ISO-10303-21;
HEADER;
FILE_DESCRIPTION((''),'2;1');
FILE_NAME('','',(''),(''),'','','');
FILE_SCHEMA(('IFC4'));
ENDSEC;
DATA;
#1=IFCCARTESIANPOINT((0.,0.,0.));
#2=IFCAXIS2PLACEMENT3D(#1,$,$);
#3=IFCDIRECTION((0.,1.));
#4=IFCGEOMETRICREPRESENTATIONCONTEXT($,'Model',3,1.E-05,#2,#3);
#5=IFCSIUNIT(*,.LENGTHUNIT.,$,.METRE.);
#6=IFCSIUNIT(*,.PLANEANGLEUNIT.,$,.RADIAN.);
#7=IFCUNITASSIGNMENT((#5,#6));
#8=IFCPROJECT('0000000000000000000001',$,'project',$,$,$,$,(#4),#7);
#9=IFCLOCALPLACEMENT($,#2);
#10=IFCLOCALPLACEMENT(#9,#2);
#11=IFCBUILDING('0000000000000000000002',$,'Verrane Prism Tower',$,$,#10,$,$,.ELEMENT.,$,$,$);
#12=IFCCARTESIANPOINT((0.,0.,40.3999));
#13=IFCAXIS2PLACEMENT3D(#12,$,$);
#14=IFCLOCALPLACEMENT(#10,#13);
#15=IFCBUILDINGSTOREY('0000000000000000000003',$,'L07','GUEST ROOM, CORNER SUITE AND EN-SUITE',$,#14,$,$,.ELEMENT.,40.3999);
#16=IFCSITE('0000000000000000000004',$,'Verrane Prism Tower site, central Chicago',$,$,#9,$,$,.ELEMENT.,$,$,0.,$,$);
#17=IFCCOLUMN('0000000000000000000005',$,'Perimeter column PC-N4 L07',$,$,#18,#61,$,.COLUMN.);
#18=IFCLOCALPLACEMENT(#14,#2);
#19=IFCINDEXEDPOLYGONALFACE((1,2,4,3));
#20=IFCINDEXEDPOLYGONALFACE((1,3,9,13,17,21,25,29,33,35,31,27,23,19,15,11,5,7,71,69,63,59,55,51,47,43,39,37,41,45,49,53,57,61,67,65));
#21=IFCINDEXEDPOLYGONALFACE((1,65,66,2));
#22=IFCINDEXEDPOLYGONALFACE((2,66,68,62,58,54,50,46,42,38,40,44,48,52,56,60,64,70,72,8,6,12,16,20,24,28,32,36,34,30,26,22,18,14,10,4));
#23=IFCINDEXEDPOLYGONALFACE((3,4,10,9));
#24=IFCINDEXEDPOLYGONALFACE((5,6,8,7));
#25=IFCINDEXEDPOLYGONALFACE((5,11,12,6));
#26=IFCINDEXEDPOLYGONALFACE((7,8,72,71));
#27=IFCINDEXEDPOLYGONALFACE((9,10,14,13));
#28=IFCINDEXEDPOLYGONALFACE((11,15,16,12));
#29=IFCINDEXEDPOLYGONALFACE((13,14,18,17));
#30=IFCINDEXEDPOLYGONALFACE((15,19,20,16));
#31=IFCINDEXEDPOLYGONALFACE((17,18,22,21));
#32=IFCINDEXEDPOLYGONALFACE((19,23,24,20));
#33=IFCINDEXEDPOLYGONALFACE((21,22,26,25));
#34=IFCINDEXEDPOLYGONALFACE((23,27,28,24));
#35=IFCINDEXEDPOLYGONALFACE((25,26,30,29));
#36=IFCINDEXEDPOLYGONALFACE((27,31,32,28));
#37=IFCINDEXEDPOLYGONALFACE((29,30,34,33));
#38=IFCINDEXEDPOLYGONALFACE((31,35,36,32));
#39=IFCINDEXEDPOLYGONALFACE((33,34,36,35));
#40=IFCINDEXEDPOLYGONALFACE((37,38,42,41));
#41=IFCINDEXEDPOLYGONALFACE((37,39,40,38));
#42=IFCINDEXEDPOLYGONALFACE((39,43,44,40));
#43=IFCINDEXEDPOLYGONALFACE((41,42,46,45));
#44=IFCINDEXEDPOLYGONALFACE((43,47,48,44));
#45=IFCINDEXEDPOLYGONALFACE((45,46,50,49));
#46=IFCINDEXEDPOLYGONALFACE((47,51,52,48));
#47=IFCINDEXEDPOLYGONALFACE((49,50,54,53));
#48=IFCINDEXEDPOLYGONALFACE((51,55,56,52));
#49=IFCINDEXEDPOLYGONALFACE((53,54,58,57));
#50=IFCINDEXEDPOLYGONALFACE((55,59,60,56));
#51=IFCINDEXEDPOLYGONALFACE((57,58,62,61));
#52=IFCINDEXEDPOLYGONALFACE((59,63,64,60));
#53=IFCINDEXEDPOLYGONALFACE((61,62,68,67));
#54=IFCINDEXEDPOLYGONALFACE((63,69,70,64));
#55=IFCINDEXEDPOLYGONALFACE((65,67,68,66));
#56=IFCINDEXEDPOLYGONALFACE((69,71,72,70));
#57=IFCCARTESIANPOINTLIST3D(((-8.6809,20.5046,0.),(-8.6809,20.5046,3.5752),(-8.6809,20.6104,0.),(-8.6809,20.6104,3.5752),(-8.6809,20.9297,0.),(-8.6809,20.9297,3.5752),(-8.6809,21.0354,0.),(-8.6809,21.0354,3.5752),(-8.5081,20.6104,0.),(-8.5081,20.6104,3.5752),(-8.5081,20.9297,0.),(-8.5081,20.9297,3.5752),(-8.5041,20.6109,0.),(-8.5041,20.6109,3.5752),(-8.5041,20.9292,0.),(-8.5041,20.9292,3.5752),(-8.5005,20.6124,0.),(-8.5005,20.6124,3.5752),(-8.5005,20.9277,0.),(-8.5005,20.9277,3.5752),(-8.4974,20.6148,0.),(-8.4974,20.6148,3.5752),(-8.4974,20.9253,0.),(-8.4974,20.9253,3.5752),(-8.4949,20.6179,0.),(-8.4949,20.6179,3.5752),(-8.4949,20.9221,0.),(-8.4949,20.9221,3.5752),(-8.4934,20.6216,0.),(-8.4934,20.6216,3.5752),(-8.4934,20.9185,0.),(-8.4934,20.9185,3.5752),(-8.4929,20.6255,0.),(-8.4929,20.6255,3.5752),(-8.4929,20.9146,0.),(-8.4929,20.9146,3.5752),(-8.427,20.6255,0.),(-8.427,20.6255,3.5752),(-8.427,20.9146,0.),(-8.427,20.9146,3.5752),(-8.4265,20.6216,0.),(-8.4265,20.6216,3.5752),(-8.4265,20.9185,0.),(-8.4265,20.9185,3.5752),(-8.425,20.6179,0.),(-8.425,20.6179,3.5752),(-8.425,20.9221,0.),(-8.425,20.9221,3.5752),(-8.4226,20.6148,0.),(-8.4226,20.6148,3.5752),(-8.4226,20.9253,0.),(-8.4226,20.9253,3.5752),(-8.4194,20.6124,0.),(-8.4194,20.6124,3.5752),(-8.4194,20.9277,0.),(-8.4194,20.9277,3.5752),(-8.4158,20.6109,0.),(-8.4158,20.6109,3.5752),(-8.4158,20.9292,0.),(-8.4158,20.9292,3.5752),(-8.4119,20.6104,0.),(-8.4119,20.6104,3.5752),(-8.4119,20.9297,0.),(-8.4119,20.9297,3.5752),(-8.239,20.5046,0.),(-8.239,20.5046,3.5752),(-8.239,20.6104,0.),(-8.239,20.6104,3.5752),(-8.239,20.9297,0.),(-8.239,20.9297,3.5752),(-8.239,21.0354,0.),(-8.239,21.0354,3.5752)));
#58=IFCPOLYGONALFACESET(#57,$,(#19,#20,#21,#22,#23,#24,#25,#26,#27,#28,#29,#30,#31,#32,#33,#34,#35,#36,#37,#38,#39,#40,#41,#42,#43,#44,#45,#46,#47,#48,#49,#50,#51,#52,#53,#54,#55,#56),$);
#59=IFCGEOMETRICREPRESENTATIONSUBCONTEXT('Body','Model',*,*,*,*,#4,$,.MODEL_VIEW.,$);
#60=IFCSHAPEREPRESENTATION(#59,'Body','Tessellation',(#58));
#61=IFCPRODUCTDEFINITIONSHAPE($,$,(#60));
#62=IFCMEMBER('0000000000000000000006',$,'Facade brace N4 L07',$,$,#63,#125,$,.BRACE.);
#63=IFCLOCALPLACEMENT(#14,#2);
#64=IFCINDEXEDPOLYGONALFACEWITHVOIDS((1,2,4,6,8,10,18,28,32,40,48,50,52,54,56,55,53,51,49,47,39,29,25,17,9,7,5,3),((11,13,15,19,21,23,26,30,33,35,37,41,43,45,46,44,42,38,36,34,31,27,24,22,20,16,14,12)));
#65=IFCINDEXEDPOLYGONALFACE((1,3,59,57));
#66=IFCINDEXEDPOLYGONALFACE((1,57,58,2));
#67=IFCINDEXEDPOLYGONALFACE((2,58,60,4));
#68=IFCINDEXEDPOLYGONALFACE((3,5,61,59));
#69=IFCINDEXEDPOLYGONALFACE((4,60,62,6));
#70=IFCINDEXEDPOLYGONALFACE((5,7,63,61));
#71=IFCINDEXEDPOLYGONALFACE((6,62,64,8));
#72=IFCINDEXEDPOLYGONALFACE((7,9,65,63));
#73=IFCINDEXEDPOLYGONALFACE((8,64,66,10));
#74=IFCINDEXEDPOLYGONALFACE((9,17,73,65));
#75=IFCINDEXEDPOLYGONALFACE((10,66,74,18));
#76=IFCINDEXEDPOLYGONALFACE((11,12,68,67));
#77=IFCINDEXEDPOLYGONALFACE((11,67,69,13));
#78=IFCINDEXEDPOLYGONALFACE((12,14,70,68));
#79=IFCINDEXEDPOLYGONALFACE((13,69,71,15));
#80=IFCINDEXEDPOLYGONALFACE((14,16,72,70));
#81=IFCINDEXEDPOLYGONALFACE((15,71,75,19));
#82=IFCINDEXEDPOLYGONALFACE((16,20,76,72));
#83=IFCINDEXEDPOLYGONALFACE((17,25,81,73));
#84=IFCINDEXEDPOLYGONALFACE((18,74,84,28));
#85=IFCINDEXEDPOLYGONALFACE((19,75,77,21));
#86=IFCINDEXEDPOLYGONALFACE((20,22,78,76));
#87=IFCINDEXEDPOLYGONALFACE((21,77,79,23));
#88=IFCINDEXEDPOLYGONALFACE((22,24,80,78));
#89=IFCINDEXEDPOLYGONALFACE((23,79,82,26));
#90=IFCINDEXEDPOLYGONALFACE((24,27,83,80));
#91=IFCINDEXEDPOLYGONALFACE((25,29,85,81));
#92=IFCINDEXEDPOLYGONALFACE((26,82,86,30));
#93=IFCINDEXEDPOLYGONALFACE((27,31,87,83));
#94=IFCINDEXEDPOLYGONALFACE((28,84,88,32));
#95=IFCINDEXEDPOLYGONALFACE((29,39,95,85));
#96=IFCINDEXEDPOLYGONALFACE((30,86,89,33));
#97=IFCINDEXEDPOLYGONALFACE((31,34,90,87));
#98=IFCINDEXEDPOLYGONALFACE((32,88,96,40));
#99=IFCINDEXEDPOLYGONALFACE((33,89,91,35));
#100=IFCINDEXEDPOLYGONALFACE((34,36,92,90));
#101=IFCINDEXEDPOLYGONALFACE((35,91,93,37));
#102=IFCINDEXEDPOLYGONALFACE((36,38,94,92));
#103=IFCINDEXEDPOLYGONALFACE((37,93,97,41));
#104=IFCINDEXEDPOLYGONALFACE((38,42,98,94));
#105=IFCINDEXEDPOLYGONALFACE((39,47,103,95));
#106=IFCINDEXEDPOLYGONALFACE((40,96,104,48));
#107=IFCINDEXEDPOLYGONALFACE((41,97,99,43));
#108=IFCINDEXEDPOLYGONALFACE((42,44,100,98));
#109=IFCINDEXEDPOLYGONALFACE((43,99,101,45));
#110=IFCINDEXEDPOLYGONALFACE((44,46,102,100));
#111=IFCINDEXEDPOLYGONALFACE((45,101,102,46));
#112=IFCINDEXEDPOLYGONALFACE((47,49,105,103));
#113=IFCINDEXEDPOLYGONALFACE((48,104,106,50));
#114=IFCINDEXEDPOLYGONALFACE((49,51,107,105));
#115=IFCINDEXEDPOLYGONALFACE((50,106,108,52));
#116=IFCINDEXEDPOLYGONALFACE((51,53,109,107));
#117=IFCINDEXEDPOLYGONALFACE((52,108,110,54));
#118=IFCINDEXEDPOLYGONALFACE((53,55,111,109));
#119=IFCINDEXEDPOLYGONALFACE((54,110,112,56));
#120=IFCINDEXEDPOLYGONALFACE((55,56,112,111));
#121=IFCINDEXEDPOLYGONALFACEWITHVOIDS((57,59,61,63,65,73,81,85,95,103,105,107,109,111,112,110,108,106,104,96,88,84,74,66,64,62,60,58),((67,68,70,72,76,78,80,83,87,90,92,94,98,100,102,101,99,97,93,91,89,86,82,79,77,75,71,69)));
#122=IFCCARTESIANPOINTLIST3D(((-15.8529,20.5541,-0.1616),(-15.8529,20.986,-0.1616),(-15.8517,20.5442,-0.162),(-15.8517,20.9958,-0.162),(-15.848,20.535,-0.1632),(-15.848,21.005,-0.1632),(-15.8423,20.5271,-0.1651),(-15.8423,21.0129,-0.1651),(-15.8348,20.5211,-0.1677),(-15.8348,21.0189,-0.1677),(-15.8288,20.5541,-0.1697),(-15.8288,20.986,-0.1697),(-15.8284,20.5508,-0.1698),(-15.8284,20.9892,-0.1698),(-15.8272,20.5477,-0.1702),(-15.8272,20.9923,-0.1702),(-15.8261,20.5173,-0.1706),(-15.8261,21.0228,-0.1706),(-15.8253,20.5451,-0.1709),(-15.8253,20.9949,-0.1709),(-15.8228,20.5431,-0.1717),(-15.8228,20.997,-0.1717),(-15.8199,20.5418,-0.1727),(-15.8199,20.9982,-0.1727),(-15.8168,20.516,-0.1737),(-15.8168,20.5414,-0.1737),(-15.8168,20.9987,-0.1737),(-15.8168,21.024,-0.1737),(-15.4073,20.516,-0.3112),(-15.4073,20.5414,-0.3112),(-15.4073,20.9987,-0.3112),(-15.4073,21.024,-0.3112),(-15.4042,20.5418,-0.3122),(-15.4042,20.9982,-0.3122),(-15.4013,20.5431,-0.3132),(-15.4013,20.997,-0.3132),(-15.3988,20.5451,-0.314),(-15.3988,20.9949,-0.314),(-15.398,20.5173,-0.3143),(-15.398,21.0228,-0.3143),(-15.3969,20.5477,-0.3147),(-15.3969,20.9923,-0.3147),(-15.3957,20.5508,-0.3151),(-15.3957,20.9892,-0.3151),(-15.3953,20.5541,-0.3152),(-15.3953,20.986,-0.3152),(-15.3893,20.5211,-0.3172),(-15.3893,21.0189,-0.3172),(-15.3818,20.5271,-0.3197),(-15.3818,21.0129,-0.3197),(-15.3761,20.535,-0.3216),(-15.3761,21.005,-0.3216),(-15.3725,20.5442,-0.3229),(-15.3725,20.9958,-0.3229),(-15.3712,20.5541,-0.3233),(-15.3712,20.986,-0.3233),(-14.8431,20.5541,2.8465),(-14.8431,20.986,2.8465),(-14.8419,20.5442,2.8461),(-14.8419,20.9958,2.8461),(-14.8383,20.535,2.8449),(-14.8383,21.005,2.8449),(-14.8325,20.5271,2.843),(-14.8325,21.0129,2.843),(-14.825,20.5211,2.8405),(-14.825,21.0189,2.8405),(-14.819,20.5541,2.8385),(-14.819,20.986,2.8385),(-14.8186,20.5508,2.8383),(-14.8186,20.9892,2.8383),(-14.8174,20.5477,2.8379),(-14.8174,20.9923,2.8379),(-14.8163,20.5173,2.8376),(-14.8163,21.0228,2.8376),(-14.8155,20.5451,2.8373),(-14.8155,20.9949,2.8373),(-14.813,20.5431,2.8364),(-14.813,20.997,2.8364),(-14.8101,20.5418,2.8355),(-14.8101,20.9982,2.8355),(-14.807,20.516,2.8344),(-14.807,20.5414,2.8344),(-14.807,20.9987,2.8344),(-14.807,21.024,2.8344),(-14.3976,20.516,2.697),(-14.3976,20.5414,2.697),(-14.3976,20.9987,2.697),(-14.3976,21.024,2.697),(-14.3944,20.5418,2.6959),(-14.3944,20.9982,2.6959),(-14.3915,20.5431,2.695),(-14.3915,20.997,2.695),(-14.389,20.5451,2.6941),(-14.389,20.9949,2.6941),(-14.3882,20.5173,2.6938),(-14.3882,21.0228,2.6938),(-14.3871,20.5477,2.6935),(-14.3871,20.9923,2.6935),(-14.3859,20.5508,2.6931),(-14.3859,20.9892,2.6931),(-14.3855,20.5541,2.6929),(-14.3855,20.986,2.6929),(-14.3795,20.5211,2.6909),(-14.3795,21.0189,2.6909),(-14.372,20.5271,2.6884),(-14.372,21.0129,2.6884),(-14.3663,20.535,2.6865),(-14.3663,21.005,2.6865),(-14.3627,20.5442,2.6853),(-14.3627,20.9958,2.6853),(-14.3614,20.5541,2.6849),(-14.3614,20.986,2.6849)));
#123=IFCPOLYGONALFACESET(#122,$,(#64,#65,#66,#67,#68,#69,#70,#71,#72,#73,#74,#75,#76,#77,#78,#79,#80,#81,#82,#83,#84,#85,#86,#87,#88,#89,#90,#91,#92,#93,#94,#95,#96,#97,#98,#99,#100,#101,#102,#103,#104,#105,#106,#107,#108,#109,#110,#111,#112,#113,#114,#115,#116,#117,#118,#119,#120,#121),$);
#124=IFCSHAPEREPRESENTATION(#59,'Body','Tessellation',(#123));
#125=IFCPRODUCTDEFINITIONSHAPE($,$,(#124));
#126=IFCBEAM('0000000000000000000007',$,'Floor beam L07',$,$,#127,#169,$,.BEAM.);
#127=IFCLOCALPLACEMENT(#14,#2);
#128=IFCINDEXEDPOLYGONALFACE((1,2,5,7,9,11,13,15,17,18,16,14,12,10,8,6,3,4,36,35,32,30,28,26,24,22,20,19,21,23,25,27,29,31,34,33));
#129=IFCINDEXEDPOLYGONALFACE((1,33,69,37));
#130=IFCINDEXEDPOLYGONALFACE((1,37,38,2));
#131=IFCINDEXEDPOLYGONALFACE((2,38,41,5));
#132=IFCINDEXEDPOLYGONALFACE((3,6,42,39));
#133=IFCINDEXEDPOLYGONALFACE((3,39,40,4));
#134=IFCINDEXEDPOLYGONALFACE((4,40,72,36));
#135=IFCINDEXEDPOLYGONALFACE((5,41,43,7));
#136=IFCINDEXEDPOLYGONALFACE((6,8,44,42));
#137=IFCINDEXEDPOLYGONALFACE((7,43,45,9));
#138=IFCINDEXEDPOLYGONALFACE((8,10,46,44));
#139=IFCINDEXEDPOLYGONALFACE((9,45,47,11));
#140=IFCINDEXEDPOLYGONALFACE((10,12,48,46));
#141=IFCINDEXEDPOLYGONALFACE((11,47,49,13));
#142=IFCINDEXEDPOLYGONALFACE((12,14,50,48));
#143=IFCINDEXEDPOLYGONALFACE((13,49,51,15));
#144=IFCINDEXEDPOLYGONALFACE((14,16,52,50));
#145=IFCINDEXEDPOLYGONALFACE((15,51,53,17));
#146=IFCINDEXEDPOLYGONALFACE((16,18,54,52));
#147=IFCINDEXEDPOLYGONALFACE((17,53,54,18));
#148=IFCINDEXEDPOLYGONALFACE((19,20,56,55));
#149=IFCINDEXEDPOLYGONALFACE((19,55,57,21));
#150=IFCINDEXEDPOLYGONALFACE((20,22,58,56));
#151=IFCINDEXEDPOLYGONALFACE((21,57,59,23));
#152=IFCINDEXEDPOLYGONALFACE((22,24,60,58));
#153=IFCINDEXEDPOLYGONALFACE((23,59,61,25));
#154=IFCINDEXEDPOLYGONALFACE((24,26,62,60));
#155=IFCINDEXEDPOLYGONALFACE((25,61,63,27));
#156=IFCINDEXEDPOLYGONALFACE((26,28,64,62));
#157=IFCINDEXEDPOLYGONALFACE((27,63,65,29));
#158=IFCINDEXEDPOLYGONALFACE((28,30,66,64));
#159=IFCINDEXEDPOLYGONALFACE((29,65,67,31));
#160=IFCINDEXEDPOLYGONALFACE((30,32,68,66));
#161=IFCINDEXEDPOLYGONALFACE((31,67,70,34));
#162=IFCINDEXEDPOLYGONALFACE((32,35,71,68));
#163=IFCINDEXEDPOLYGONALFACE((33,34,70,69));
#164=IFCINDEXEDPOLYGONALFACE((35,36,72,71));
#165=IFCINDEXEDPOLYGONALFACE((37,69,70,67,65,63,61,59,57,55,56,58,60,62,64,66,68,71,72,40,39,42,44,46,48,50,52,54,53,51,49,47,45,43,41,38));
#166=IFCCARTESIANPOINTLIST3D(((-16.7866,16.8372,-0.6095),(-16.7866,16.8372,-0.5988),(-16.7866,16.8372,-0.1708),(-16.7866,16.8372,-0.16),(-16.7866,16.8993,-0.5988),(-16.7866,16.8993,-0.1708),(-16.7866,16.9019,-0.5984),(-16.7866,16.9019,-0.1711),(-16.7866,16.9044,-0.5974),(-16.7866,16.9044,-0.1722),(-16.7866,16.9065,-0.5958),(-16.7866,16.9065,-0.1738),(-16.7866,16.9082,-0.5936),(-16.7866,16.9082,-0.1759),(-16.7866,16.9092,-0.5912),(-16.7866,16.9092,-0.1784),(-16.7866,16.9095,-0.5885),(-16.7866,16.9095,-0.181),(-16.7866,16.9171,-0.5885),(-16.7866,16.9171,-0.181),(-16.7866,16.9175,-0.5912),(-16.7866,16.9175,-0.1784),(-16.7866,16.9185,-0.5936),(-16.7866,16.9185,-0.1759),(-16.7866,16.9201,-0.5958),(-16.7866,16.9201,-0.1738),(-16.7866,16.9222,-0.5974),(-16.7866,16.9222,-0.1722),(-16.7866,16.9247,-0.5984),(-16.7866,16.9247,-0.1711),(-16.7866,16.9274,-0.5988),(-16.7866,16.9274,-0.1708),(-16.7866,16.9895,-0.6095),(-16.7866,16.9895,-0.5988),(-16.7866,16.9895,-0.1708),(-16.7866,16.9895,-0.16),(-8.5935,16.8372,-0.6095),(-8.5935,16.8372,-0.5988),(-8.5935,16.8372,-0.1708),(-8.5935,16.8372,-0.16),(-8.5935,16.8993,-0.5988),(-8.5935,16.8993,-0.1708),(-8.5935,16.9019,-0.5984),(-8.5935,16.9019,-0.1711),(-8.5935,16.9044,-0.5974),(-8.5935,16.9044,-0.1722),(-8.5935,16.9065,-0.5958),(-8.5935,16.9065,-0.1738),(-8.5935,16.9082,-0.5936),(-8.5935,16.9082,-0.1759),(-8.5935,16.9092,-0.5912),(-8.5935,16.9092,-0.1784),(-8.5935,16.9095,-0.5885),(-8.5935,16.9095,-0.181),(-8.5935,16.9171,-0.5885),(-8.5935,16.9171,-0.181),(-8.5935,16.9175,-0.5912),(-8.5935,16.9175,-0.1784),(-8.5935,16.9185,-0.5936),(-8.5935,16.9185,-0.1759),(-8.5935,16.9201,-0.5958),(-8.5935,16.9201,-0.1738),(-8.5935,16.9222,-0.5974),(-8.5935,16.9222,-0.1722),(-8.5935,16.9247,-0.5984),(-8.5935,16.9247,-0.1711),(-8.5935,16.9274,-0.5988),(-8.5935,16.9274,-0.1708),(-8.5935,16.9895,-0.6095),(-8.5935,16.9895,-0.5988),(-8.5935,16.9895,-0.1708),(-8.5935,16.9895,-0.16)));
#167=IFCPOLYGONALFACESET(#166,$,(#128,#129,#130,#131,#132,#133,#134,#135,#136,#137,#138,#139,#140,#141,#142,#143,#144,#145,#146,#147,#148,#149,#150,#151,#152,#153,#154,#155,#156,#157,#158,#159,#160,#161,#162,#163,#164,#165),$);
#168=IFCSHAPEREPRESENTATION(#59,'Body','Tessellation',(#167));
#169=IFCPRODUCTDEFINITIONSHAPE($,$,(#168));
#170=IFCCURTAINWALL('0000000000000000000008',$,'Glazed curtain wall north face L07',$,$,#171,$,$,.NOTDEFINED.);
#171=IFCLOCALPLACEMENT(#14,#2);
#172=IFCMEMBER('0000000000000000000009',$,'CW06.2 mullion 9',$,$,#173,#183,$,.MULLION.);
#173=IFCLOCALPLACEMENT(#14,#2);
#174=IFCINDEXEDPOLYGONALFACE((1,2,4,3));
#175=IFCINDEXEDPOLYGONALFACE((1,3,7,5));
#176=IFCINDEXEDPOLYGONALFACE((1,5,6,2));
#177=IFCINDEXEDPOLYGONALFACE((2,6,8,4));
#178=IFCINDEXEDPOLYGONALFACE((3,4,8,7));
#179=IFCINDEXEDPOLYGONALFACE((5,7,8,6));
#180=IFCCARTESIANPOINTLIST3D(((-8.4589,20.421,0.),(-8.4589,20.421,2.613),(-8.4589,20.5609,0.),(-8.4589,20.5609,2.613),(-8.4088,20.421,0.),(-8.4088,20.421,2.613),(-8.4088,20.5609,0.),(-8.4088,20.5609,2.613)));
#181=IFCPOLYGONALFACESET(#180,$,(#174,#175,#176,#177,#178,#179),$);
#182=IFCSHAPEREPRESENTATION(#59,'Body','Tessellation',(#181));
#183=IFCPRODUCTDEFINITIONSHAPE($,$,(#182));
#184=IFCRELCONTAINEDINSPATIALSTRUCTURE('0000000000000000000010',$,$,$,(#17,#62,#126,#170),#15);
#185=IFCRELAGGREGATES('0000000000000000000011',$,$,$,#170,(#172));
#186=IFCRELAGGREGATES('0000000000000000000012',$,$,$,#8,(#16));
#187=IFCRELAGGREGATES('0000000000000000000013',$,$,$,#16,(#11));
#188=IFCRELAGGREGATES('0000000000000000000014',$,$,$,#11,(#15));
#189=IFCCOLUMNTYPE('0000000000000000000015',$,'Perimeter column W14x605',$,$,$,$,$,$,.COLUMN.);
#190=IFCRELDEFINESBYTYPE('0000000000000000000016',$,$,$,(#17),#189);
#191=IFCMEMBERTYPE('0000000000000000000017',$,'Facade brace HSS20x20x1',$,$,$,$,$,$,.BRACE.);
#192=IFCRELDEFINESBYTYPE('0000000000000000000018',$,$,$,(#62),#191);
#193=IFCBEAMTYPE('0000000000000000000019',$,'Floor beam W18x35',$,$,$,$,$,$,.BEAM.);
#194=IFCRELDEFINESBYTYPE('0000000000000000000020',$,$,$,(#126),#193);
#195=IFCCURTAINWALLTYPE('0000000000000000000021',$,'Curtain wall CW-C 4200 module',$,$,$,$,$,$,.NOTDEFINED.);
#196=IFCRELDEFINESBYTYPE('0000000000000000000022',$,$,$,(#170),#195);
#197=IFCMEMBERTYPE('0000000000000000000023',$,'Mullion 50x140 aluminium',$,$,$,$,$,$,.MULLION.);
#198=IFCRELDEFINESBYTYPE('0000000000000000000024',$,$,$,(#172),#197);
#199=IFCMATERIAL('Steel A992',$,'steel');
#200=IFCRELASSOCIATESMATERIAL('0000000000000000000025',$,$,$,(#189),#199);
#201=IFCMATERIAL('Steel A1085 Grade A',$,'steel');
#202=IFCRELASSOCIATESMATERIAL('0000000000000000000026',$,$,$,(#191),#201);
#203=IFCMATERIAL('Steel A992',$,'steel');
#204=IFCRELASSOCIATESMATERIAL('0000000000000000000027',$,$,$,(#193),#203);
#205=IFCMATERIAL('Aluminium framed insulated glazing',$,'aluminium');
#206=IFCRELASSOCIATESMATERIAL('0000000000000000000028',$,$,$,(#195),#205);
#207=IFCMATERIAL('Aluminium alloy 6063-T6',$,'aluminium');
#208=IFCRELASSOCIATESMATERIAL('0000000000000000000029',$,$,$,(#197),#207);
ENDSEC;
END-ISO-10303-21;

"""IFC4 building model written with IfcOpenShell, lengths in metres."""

from ifc_helpers import new_model, si_unit, direction, frame, origin, origin_2d, place, context, subcontext, project, spatial, rectangle, hollow_rectangle, i_section, extrude, material, material_profile, profile_set, type_object, element, aggregate, save


model = new_model("IFC4")

# Units and contexts
model_context = context("Model", 3, precision=1e-05, world=origin(), true_north=direction((0.0, 1.0)))
body_context = subcontext(model_context, "Body", "Model", "MODEL_VIEW")
ifc_project = project(units=[si_unit("LENGTHUNIT", "METRE"), si_unit("PLANEANGLEUNIT", "RADIAN")], contexts=[model_context])

# Site, building, storey
site_placement = place(None, origin())
site = spatial("IfcSite", under=ifc_project, at=site_placement, Name="Verrane Prism Tower site, central Chicago", CompositionType="ELEMENT", RefElevation=0.0)
building_placement = place(site_placement, origin())
building = spatial("IfcBuilding", under=site, at=building_placement, Name="Verrane Prism Tower", CompositionType="ELEMENT")
storey_placement = place(building_placement, frame((0.0, 0.0, 40.3999)))
storey = spatial("IfcBuildingStorey", under=building, at=storey_placement, Name="L07", Description="GUEST ROOM, CORNER SUITE AND EN-SUITE", CompositionType="ELEMENT", Elevation=40.3999)

# Column
ifc_material_1 = material(Name="Steel A992", Category="steel")
ifc_material_profile_1 = material_profile(ifc_material_1, i_section(OverallWidth=0.4419, OverallDepth=0.5308, WebThickness=0.0659, FlangeThickness=0.1057, FilletRadius=0.0151, at=origin_2d()), Name="W14x605")
ifc_profile_set_1 = profile_set([ifc_material_profile_1], Name="Steel A992")
column_type = type_object("IfcColumnType", Name="Perimeter column W14x605", PredefinedType="COLUMN", material=ifc_profile_set_1)
column_placement = place(storey_placement, frame((-8.46, 20.77, 0.0), z_axis=(0.0, 0.0, 1.0), x_axis=(1.0, 0.0, 0.0)))
element("IfcColumn", 1, at=column_placement, inside=storey, type_object=column_type, Name="Perimeter column PC-N4 L07", PredefinedType="COLUMN", context=body_context, shape_type="SweptSolid", body=[
    extrude(i_section(OverallWidth=0.4419, OverallDepth=0.5308, WebThickness=0.0659, FlangeThickness=0.1057, FilletRadius=0.0151, at=origin_2d()), origin(), (0.0, 0.0, 1.0), 3.5752),
])

# Member
ifc_material_2 = material(Name="Steel A1085 Grade A", Category="steel")
ifc_material_profile_2 = material_profile(ifc_material_2, hollow_rectangle(XDim=0.5081, YDim=0.5081, WallThickness=0.0254, InnerFilletRadius=0.0127, OuterFilletRadius=0.0381, at=origin_2d()), Name="HSS20x20x1")
ifc_profile_set_2 = profile_set([ifc_material_profile_2], Name="Steel A1085 Grade A")
member_type_1 = type_object("IfcMemberType", Name="Facade brace HSS20x20x1", PredefinedType="BRACE", material=ifc_profile_set_2)
member_1_placement = place(storey_placement, frame((-15.6121, 20.77, -0.2424), z_axis=(0.318235, 0.0, 0.948012), x_axis=(0.0, 1.0, 0.0)))
element("IfcMember", 2, at=member_1_placement, inside=storey, type_object=member_type_1, Name="Facade brace N4 L07", PredefinedType="BRACE", context=body_context, shape_type="SweptSolid", body=[
    extrude(hollow_rectangle(XDim=0.5081, YDim=0.5081, WallThickness=0.0254, InnerFilletRadius=0.0127, OuterFilletRadius=0.0381, at=origin_2d()), origin(), (0.0, 0.0, 1.0), 3.1731),
])

# Beam
ifc_material_3 = material(Name="Steel A992", Category="steel")
ifc_material_profile_3 = material_profile(ifc_material_3, i_section(OverallWidth=0.1523, OverallDepth=0.4495, WebThickness=0.0076, FlangeThickness=0.0107, FilletRadius=0.0103, at=origin_2d()), Name="W18x35")
ifc_profile_set_3 = profile_set([ifc_material_profile_3], Name="Steel A992")
beam_type_1 = type_object("IfcBeamType", Name="Floor beam W18x35", PredefinedType="BEAM", material=ifc_profile_set_3)
beam_1_placement = place(storey_placement, frame((-16.7866, 16.9133, -0.3848), z_axis=(1.0, 0.0, 0.0), x_axis=(0.0, 1.0, 0.0)))
element("IfcBeam", 3, at=beam_1_placement, inside=storey, type_object=beam_type_1, Name="Floor beam L07", PredefinedType="BEAM", context=body_context, shape_type="SweptSolid", body=[
    extrude(i_section(OverallWidth=0.1523, OverallDepth=0.4495, WebThickness=0.0076, FlangeThickness=0.0107, FilletRadius=0.0103, at=origin_2d()), origin(), (0.0, 0.0, 1.0), 8.1931),
])

# Curtain wall, member
ifc_material_4 = material(Name="Aluminium framed insulated glazing", Category="aluminium")
curtain_wall_type = type_object("IfcCurtainWallType", Name="Curtain wall CW-C 4200 module", PredefinedType="NOTDEFINED", material=ifc_material_4)
curtain_wall_placement = place(storey_placement, origin())
curtain_wall = element("IfcCurtainWall", 4, at=curtain_wall_placement, inside=storey, type_object=curtain_wall_type, Name="Glazed curtain wall north face L07", PredefinedType="NOTDEFINED")
ifc_material_5 = material(Name="Aluminium alloy 6063-T6", Category="aluminium")
ifc_material_profile_4 = material_profile(ifc_material_5, rectangle(XDim=0.1399, YDim=0.05, at=origin_2d()), Name="Mullion 50x140 aluminium")
ifc_profile_set_4 = profile_set([ifc_material_profile_4], Name="Aluminium alloy 6063-T6")
member_type_2 = type_object("IfcMemberType", Name="Mullion 50x140 aluminium", PredefinedType="MULLION", material=ifc_profile_set_4)
member_2_placement = place(storey_placement, frame((-8.4338, 20.491, 0.0), z_axis=(0.0, 0.0, 1.0), x_axis=(0.0, -1.0, 0.0)))
member_2 = element("IfcMember", 5, at=member_2_placement, type_object=member_type_2, Name="CW06.2 mullion 9", PredefinedType="MULLION", context=body_context, shape_type="SweptSolid", body=[
    extrude(rectangle(XDim=0.1399, YDim=0.05, at=origin_2d()), origin(), (0.0, 0.0, 1.0), 2.613),
])

aggregate(curtain_wall, [member_2])

save(model, "model.ifc")
